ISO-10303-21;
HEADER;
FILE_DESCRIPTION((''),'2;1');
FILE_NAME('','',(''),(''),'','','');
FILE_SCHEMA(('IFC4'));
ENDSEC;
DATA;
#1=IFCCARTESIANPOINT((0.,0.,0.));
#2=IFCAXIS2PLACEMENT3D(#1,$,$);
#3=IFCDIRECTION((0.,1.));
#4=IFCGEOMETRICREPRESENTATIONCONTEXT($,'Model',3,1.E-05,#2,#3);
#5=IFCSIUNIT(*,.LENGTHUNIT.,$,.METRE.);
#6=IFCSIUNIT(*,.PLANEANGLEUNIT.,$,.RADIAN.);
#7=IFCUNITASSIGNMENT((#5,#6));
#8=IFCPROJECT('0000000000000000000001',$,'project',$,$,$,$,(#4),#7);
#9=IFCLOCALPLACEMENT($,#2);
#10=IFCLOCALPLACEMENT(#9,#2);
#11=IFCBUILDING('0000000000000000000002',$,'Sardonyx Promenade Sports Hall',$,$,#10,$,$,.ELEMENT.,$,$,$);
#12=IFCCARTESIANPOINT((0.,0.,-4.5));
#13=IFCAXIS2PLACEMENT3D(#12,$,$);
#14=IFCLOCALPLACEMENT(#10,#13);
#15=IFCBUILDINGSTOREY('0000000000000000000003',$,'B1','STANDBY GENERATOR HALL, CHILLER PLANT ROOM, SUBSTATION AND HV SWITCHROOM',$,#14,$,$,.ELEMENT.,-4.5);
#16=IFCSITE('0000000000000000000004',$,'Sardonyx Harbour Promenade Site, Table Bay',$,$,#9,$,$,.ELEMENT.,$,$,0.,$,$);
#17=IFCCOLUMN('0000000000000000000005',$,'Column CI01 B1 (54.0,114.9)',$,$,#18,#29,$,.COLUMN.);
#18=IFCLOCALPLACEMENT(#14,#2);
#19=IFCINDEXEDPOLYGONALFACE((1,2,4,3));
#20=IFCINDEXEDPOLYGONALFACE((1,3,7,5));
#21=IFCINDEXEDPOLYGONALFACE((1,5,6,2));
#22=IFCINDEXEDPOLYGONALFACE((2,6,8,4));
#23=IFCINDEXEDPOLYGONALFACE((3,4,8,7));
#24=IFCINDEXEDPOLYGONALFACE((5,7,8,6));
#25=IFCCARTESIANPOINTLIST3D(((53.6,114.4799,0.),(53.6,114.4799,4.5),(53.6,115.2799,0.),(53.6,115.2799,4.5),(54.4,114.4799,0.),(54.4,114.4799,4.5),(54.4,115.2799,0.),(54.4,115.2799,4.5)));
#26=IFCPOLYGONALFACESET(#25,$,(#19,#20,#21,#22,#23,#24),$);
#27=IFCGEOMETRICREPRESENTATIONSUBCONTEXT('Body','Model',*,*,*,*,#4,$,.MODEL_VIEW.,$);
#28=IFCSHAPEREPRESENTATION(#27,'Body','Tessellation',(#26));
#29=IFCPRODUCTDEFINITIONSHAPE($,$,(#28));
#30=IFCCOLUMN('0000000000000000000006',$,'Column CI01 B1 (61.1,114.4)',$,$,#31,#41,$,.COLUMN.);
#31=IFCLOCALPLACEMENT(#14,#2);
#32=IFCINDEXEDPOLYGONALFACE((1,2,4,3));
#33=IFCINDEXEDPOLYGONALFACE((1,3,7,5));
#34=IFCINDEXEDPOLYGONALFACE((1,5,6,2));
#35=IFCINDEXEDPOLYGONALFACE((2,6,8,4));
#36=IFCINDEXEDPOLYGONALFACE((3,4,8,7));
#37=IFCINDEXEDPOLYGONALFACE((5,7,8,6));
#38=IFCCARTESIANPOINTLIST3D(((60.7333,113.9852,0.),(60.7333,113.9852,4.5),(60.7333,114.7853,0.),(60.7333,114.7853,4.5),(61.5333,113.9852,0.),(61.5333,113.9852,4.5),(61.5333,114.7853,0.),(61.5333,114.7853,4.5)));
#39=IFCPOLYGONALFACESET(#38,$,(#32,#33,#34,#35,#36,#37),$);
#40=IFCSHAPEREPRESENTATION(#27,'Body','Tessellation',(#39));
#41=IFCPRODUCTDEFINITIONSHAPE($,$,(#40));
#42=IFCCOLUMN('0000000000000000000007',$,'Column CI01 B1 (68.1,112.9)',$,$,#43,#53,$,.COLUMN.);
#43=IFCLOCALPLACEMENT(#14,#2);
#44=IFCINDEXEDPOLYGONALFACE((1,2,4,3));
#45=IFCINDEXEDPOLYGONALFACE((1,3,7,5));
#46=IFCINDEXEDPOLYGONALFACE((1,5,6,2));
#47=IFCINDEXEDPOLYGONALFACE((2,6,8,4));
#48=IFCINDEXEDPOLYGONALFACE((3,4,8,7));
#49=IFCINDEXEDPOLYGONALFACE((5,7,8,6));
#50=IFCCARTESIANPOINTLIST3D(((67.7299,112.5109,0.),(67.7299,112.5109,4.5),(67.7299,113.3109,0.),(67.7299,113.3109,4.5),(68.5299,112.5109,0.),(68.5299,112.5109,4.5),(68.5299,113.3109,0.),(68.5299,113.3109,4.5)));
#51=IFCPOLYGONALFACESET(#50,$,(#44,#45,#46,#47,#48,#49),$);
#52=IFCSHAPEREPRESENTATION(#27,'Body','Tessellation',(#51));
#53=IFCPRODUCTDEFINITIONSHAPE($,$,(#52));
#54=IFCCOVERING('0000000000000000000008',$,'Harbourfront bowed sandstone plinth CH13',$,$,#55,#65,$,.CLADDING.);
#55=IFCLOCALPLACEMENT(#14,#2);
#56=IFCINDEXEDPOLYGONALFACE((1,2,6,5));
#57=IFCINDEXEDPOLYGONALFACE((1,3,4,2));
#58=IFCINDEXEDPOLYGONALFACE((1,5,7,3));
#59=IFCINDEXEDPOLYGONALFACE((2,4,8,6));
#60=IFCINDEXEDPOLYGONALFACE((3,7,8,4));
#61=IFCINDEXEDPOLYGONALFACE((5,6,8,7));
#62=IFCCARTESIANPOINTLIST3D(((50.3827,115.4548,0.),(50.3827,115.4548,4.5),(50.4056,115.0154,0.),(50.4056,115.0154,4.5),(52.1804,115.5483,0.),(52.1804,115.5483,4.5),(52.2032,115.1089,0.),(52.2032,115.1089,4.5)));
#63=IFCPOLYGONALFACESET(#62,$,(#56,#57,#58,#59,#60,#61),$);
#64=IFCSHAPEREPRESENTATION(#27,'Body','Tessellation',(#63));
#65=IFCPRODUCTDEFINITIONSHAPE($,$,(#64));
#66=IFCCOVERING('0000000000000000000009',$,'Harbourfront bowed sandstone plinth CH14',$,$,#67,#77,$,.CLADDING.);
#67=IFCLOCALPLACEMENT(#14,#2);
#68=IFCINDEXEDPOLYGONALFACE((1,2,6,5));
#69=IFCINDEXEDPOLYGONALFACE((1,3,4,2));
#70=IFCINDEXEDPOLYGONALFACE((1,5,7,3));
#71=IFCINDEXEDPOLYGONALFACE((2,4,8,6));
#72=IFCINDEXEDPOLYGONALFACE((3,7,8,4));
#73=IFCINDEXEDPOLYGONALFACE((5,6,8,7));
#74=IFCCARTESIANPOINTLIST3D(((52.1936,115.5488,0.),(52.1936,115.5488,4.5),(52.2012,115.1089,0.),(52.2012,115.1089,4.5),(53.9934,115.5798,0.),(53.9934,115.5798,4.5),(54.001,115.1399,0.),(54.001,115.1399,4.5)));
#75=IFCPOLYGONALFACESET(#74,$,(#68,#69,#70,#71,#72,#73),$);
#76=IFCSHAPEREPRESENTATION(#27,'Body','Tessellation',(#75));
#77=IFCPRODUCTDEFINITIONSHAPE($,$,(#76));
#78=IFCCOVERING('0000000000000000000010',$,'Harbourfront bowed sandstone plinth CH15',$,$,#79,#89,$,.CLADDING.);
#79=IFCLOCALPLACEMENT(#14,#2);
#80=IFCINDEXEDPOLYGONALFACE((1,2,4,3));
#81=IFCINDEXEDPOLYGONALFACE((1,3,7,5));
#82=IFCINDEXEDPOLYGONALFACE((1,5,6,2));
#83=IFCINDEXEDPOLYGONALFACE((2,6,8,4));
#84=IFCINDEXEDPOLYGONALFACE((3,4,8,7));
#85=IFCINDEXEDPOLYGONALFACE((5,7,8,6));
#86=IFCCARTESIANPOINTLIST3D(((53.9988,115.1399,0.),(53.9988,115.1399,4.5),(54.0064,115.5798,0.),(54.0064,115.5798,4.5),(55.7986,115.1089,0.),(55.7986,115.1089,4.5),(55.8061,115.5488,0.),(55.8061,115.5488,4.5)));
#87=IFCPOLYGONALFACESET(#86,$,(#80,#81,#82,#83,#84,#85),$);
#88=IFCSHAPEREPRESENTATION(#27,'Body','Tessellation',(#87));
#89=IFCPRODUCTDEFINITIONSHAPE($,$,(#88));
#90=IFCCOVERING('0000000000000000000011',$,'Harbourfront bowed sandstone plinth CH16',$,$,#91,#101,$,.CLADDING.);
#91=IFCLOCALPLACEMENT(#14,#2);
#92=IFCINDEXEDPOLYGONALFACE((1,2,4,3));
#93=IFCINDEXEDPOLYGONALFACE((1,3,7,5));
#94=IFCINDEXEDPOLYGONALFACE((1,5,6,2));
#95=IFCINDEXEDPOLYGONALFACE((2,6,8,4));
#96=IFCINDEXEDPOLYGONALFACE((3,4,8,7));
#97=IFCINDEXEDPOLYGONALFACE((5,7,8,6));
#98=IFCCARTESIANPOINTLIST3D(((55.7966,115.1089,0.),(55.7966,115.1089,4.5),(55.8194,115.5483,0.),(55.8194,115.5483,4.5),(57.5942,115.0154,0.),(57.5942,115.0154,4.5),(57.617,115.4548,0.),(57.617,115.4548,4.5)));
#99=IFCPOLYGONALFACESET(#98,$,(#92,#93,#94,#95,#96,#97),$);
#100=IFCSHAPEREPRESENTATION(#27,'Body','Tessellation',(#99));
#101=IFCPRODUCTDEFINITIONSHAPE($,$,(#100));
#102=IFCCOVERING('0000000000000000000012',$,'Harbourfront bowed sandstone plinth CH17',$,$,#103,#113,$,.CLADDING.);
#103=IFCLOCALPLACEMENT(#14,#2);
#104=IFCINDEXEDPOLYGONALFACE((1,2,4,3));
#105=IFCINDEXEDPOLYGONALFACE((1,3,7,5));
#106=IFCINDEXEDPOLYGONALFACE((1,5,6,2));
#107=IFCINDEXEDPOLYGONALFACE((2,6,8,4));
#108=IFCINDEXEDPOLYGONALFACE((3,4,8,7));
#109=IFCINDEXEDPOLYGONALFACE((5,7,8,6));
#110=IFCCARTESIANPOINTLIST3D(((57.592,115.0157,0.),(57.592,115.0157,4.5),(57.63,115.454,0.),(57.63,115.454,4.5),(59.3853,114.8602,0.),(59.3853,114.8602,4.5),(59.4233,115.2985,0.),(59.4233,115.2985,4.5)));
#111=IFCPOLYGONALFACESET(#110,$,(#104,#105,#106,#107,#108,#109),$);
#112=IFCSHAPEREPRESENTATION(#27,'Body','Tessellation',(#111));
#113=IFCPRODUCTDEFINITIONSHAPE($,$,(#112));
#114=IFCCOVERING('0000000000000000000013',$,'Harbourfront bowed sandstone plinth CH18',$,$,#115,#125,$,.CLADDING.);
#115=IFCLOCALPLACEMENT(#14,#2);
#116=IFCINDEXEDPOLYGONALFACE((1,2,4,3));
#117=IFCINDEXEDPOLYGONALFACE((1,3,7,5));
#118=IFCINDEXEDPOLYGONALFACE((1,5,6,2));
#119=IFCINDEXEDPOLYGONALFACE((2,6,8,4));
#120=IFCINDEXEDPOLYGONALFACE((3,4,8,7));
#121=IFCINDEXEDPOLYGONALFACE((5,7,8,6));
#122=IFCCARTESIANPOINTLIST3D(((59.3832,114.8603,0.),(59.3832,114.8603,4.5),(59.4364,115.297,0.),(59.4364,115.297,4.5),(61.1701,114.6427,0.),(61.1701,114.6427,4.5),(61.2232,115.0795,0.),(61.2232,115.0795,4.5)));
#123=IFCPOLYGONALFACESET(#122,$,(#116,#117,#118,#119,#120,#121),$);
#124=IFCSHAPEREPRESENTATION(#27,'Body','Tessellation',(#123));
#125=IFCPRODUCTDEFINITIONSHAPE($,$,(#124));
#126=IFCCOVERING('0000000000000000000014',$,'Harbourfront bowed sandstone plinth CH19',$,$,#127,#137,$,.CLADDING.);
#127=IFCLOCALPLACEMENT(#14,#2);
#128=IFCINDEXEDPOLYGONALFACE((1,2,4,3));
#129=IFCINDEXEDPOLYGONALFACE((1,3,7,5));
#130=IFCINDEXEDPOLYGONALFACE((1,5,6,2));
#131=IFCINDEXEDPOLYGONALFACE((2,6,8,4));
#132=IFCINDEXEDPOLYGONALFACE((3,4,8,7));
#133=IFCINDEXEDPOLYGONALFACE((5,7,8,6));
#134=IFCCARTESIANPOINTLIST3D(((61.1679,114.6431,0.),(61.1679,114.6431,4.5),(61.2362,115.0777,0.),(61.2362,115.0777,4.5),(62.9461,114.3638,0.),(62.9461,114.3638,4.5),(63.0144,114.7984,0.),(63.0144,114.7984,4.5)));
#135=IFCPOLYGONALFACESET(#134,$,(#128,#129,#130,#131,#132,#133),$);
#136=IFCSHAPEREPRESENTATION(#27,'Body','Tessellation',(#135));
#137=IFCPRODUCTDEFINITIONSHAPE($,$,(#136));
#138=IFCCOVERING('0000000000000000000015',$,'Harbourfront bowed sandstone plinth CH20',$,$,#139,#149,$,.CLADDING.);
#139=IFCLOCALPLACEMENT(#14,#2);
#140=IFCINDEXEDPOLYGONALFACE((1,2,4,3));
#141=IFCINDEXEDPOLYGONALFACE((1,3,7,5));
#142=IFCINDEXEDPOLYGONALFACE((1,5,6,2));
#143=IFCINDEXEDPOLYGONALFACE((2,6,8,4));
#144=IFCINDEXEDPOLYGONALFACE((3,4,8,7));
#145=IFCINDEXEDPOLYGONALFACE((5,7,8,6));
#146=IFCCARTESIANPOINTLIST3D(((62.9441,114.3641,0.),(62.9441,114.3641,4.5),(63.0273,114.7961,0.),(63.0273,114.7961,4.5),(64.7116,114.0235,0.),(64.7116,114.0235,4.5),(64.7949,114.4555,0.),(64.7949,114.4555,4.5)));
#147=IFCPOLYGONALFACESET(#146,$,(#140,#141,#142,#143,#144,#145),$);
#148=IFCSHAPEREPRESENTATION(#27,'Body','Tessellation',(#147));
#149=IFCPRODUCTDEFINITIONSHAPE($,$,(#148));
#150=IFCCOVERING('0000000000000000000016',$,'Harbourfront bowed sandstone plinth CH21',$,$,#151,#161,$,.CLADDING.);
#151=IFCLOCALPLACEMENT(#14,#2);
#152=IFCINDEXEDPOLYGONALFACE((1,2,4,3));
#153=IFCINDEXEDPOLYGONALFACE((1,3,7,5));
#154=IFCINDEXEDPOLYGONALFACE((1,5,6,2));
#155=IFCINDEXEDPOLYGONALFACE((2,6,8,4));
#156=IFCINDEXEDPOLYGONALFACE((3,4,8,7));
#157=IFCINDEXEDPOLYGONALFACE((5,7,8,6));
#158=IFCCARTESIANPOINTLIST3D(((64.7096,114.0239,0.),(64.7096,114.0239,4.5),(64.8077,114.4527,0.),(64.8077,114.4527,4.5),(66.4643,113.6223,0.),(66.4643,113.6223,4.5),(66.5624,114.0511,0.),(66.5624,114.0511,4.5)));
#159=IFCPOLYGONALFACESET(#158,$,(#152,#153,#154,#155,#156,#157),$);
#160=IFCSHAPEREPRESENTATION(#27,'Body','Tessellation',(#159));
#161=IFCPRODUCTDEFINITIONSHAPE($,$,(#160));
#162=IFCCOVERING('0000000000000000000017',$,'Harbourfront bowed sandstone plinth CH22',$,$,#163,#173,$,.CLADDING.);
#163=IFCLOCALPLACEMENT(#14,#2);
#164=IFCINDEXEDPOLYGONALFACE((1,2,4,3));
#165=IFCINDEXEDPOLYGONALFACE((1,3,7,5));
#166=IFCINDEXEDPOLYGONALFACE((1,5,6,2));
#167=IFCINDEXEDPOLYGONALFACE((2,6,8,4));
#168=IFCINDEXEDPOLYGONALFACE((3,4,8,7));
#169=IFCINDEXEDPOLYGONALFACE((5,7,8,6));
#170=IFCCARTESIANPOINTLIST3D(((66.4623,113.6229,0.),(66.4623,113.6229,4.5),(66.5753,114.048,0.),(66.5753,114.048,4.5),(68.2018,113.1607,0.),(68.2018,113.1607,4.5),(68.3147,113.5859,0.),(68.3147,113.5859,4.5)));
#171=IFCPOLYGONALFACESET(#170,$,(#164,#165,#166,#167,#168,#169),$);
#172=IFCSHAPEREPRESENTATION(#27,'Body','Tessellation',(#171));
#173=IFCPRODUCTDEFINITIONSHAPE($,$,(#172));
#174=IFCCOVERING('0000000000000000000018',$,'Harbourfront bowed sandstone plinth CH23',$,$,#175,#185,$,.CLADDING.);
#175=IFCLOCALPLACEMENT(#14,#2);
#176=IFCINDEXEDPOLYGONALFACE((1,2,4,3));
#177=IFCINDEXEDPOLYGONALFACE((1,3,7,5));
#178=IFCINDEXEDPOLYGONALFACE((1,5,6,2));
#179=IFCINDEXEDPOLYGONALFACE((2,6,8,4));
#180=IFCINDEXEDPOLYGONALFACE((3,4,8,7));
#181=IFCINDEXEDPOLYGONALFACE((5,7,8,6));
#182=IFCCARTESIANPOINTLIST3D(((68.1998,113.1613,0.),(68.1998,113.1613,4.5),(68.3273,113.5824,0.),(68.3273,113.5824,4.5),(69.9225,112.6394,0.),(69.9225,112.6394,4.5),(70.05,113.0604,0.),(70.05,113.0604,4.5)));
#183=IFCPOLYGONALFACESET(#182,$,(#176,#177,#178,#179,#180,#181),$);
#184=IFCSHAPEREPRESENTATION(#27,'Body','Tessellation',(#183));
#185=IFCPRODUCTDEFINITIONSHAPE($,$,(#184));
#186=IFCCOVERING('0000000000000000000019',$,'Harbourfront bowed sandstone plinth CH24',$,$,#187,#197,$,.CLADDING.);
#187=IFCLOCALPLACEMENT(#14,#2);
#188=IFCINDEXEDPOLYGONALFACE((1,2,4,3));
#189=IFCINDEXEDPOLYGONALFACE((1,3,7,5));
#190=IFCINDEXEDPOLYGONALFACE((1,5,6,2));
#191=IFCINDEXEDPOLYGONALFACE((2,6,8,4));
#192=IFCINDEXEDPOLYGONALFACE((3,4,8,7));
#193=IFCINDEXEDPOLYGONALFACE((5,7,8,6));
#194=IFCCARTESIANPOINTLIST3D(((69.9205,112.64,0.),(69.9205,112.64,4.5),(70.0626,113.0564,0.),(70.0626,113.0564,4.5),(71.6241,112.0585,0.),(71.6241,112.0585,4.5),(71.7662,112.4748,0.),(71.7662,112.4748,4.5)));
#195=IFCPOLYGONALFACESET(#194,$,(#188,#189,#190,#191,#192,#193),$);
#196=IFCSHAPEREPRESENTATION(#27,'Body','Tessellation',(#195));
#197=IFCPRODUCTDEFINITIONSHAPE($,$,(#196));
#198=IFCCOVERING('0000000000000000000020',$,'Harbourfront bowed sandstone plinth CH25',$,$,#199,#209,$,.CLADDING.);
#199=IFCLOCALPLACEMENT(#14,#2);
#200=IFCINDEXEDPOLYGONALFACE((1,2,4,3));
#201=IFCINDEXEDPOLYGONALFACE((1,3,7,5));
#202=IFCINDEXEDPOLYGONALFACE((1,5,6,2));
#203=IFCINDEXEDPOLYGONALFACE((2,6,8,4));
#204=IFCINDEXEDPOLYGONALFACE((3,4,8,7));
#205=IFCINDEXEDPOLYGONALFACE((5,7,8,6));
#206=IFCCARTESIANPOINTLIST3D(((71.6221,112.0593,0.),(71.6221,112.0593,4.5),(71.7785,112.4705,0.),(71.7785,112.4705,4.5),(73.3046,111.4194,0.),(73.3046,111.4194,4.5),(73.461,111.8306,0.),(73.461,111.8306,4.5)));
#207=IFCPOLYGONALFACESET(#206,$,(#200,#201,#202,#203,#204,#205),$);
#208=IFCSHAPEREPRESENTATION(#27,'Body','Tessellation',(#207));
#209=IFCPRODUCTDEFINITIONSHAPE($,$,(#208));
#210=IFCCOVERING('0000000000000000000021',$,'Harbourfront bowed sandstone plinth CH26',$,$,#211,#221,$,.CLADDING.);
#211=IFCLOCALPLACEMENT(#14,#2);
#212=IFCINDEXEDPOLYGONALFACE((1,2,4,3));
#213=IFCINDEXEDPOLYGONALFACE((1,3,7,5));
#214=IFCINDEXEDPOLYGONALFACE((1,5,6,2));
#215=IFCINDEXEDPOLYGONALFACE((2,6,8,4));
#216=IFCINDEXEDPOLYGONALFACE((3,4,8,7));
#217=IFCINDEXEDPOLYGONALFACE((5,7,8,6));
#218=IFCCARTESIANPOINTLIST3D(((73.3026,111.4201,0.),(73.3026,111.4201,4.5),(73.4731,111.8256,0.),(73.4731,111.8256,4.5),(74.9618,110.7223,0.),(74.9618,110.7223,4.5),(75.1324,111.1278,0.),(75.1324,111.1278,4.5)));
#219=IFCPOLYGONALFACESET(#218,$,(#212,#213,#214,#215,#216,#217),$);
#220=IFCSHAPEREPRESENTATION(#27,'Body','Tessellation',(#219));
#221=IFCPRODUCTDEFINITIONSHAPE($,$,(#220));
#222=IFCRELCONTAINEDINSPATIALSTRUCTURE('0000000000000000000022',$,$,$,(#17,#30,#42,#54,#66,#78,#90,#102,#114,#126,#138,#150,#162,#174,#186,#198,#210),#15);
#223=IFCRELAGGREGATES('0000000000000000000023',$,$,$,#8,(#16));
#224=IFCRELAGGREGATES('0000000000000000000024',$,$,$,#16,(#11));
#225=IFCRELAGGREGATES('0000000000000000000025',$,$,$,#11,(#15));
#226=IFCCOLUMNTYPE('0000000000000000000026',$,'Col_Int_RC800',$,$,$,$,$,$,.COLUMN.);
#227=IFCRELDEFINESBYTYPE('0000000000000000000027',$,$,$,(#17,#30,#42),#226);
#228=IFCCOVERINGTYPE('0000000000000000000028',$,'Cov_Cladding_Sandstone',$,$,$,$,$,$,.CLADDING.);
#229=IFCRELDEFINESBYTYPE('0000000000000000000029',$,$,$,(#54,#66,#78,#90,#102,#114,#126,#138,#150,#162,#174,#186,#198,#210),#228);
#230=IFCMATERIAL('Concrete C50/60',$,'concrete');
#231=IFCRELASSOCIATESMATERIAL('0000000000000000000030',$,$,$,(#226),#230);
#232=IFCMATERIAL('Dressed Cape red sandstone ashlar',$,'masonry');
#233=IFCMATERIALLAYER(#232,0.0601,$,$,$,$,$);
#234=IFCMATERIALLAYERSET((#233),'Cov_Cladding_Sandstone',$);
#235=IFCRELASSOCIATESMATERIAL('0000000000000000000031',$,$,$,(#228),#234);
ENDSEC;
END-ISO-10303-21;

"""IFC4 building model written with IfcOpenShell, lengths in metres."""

from ifc_helpers import new_model, si_unit, direction, frame, frame_2d, origin, origin_2d, place, context, subcontext, project, spatial, rectangle, extrude, material, layer, layer_set, material_profile, profile_set, type_object, element, save


model = new_model("IFC4")

# Units and contexts
model_context = context("Model", 3, precision=1e-05, world=origin(), true_north=direction((0.0, 1.0)))
body_context = subcontext(model_context, "Body", "Model", "MODEL_VIEW")
ifc_project = project(units=[si_unit("LENGTHUNIT", "METRE"), si_unit("PLANEANGLEUNIT", "RADIAN")], contexts=[model_context])

# Site, building, storey
site_placement = place(None, origin())
site = spatial("IfcSite", under=ifc_project, at=site_placement, Name="Sardonyx Harbour Promenade Site, Table Bay", CompositionType="ELEMENT", RefElevation=0.0)
building_placement = place(site_placement, origin())
building = spatial("IfcBuilding", under=site, at=building_placement, Name="Sardonyx Promenade Sports Hall", CompositionType="ELEMENT")
storey_placement = place(building_placement, frame((0.0, 0.0, -4.5)))
storey = spatial("IfcBuildingStorey", under=building, at=storey_placement, Name="B1", Description="STANDBY GENERATOR HALL, CHILLER PLANT ROOM, SUBSTATION AND HV SWITCHROOM", CompositionType="ELEMENT", Elevation=-4.5)

# Columns
ifc_material_1 = material(Name="Concrete C50/60", Category="concrete")
ifc_material_profile_1 = material_profile(ifc_material_1, rectangle(XDim=0.8, YDim=0.8, at=origin_2d()))
ifc_profile_set_1 = profile_set([ifc_material_profile_1], Name="Concrete C50/60")
column_type = type_object("IfcColumnType", Name="Col_Int_RC800", PredefinedType="COLUMN", material=ifc_profile_set_1)
for number, where, z_axis, x_axis, name in (
    (1, (54.0, 114.8799, 0.0), (0.0, 0.0, 1.0), (1.0, 0.0, 0.0), "Column CI01 B1 (54.0,114.9)"),
    (2, (61.1333, 114.3853, 0.0), (0.0, 0.0, 1.0), (1.0, 0.0, 0.0), "Column CI01 B1 (61.1,114.4)"),
    (3, (68.1299, 112.9109, 0.0), (0.0, 0.0, 1.0), (1.0, 0.0, 0.0), "Column CI01 B1 (68.1,112.9)"),
):
    element("IfcColumn", number, at=place(storey_placement, frame(where, z_axis=z_axis, x_axis=x_axis)), inside=storey, type_object=column_type, Name=name, PredefinedType="COLUMN", context=body_context, shape_type="SweptSolid", body=[
        extrude(rectangle(XDim=0.8, YDim=0.8, at=origin_2d()), origin(), (0.0, 0.0, 1.0), 4.5),
    ])

# Coverings
ifc_material_2 = material(Name="Dressed Cape red sandstone ashlar", Category="masonry")
ifc_layer = layer(ifc_material_2, 0.0601)
ifc_layer_set = layer_set([ifc_layer], Name="Cov_Cladding_Sandstone")
covering_type = type_object("IfcCoveringType", Name="Cov_Cladding_Sandstone", PredefinedType="CLADDING", material=ifc_layer_set)
for number, where, z_axis, x_axis, name in (
    (4, (50.3943, 115.2351, 0.0), (0.0, 0.0, 1.0), (0.99865, 0.051947, 0.0), "Harbourfront bowed sandstone plinth CH13"),
    (5, (52.1975, 115.3289, 0.0), (0.0, 0.0, 1.0), (0.999852, 0.017225, 0.0), "Harbourfront bowed sandstone plinth CH14"),
    (6, (54.0027, 115.3599, 0.0), (0.0, 0.0, 1.0), (0.999852, -0.017225, 0.0), "Harbourfront bowed sandstone plinth CH15"),
    (7, (55.8081, 115.3286, 0.0), (0.0, 0.0, 1.0), (0.99865, -0.051947, 0.0), "Harbourfront bowed sandstone plinth CH16"),
    (8, (57.6111, 115.2349, 0.0), (0.0, 0.0, 1.0), (0.99626, -0.086401, 0.0), "Harbourfront bowed sandstone plinth CH17"),
    (9, (59.4099, 115.0786, 0.0), (0.0, 0.0, 1.0), (0.992671, -0.120846, 0.0), "Harbourfront bowed sandstone plinth CH18"),
    (10, (61.2021, 114.8604, 0.0), (0.0, 0.0, 1.0), (0.98789, -0.155155, 0.0), "Harbourfront bowed sandstone plinth CH19"),
    (11, (62.9858, 114.5801, 0.0), (0.0, 0.0, 1.0), (0.981939, -0.1892, 0.0), "Harbourfront bowed sandstone plinth CH20"),
    (12, (64.7588, 114.2383, 0.0), (0.0, 0.0, 1.0), (0.974792, -0.223116, 0.0), "Harbourfront bowed sandstone plinth CH21"),
):
    element("IfcCovering", number, at=place(storey_placement, frame(where, z_axis=z_axis, x_axis=x_axis)), inside=storey, type_object=covering_type, Name=name, PredefinedType="CLADDING", context=body_context, shape_type="SweptSolid", body=[
        extrude(rectangle(XDim=1.8, YDim=0.4399, at=frame_2d((0.8999, 0.0))), origin(), (0.0, 0.0, 1.0), 4.5),
    ])
covering_placement = place(storey_placement, frame((66.5188, 113.8354, 0.0), z_axis=(0.0, 0.0, 1.0), x_axis=(0.966471, -0.256776, 0.0)))
element("IfcCovering", 13, at=covering_placement, inside=storey, type_object=covering_type, Name="Harbourfront bowed sandstone plinth CH22", PredefinedType="CLADDING", context=body_context, shape_type="SweptSolid", body=[
    extrude(rectangle(XDim=1.7998, YDim=0.4399, at=frame_2d((0.8999, 0.0))), origin(), (0.0, 0.0, 1.0), 4.5),
])
for number, where, z_axis, x_axis, name in (
    (14, (68.2637, 113.3718, 0.0), (0.0, 0.0, 1.0), (0.957031, -0.289985, 0.0), "Harbourfront bowed sandstone plinth CH23"),
    (15, (69.9917, 112.8481, 0.0), (0.0, 0.0, 1.0), (0.94638, -0.323055, 0.0), "Harbourfront bowed sandstone plinth CH24"),
    (16, (71.7004, 112.2649, 0.0), (0.0, 0.0, 1.0), (0.934675, -0.355505, 0.0), "Harbourfront bowed sandstone plinth CH25"),
    (17, (73.3879, 111.6228, 0.0), (0.0, 0.0, 1.0), (0.921804, -0.387657, 0.0), "Harbourfront bowed sandstone plinth CH26"),
):
    element("IfcCovering", number, at=place(storey_placement, frame(where, z_axis=z_axis, x_axis=x_axis)), inside=storey, type_object=covering_type, Name=name, PredefinedType="CLADDING", context=body_context, shape_type="SweptSolid", body=[
        extrude(rectangle(XDim=1.8, YDim=0.4399, at=frame_2d((0.8999, 0.0))), origin(), (0.0, 0.0, 1.0), 4.5),
    ])

save(model, "model.ifc")
